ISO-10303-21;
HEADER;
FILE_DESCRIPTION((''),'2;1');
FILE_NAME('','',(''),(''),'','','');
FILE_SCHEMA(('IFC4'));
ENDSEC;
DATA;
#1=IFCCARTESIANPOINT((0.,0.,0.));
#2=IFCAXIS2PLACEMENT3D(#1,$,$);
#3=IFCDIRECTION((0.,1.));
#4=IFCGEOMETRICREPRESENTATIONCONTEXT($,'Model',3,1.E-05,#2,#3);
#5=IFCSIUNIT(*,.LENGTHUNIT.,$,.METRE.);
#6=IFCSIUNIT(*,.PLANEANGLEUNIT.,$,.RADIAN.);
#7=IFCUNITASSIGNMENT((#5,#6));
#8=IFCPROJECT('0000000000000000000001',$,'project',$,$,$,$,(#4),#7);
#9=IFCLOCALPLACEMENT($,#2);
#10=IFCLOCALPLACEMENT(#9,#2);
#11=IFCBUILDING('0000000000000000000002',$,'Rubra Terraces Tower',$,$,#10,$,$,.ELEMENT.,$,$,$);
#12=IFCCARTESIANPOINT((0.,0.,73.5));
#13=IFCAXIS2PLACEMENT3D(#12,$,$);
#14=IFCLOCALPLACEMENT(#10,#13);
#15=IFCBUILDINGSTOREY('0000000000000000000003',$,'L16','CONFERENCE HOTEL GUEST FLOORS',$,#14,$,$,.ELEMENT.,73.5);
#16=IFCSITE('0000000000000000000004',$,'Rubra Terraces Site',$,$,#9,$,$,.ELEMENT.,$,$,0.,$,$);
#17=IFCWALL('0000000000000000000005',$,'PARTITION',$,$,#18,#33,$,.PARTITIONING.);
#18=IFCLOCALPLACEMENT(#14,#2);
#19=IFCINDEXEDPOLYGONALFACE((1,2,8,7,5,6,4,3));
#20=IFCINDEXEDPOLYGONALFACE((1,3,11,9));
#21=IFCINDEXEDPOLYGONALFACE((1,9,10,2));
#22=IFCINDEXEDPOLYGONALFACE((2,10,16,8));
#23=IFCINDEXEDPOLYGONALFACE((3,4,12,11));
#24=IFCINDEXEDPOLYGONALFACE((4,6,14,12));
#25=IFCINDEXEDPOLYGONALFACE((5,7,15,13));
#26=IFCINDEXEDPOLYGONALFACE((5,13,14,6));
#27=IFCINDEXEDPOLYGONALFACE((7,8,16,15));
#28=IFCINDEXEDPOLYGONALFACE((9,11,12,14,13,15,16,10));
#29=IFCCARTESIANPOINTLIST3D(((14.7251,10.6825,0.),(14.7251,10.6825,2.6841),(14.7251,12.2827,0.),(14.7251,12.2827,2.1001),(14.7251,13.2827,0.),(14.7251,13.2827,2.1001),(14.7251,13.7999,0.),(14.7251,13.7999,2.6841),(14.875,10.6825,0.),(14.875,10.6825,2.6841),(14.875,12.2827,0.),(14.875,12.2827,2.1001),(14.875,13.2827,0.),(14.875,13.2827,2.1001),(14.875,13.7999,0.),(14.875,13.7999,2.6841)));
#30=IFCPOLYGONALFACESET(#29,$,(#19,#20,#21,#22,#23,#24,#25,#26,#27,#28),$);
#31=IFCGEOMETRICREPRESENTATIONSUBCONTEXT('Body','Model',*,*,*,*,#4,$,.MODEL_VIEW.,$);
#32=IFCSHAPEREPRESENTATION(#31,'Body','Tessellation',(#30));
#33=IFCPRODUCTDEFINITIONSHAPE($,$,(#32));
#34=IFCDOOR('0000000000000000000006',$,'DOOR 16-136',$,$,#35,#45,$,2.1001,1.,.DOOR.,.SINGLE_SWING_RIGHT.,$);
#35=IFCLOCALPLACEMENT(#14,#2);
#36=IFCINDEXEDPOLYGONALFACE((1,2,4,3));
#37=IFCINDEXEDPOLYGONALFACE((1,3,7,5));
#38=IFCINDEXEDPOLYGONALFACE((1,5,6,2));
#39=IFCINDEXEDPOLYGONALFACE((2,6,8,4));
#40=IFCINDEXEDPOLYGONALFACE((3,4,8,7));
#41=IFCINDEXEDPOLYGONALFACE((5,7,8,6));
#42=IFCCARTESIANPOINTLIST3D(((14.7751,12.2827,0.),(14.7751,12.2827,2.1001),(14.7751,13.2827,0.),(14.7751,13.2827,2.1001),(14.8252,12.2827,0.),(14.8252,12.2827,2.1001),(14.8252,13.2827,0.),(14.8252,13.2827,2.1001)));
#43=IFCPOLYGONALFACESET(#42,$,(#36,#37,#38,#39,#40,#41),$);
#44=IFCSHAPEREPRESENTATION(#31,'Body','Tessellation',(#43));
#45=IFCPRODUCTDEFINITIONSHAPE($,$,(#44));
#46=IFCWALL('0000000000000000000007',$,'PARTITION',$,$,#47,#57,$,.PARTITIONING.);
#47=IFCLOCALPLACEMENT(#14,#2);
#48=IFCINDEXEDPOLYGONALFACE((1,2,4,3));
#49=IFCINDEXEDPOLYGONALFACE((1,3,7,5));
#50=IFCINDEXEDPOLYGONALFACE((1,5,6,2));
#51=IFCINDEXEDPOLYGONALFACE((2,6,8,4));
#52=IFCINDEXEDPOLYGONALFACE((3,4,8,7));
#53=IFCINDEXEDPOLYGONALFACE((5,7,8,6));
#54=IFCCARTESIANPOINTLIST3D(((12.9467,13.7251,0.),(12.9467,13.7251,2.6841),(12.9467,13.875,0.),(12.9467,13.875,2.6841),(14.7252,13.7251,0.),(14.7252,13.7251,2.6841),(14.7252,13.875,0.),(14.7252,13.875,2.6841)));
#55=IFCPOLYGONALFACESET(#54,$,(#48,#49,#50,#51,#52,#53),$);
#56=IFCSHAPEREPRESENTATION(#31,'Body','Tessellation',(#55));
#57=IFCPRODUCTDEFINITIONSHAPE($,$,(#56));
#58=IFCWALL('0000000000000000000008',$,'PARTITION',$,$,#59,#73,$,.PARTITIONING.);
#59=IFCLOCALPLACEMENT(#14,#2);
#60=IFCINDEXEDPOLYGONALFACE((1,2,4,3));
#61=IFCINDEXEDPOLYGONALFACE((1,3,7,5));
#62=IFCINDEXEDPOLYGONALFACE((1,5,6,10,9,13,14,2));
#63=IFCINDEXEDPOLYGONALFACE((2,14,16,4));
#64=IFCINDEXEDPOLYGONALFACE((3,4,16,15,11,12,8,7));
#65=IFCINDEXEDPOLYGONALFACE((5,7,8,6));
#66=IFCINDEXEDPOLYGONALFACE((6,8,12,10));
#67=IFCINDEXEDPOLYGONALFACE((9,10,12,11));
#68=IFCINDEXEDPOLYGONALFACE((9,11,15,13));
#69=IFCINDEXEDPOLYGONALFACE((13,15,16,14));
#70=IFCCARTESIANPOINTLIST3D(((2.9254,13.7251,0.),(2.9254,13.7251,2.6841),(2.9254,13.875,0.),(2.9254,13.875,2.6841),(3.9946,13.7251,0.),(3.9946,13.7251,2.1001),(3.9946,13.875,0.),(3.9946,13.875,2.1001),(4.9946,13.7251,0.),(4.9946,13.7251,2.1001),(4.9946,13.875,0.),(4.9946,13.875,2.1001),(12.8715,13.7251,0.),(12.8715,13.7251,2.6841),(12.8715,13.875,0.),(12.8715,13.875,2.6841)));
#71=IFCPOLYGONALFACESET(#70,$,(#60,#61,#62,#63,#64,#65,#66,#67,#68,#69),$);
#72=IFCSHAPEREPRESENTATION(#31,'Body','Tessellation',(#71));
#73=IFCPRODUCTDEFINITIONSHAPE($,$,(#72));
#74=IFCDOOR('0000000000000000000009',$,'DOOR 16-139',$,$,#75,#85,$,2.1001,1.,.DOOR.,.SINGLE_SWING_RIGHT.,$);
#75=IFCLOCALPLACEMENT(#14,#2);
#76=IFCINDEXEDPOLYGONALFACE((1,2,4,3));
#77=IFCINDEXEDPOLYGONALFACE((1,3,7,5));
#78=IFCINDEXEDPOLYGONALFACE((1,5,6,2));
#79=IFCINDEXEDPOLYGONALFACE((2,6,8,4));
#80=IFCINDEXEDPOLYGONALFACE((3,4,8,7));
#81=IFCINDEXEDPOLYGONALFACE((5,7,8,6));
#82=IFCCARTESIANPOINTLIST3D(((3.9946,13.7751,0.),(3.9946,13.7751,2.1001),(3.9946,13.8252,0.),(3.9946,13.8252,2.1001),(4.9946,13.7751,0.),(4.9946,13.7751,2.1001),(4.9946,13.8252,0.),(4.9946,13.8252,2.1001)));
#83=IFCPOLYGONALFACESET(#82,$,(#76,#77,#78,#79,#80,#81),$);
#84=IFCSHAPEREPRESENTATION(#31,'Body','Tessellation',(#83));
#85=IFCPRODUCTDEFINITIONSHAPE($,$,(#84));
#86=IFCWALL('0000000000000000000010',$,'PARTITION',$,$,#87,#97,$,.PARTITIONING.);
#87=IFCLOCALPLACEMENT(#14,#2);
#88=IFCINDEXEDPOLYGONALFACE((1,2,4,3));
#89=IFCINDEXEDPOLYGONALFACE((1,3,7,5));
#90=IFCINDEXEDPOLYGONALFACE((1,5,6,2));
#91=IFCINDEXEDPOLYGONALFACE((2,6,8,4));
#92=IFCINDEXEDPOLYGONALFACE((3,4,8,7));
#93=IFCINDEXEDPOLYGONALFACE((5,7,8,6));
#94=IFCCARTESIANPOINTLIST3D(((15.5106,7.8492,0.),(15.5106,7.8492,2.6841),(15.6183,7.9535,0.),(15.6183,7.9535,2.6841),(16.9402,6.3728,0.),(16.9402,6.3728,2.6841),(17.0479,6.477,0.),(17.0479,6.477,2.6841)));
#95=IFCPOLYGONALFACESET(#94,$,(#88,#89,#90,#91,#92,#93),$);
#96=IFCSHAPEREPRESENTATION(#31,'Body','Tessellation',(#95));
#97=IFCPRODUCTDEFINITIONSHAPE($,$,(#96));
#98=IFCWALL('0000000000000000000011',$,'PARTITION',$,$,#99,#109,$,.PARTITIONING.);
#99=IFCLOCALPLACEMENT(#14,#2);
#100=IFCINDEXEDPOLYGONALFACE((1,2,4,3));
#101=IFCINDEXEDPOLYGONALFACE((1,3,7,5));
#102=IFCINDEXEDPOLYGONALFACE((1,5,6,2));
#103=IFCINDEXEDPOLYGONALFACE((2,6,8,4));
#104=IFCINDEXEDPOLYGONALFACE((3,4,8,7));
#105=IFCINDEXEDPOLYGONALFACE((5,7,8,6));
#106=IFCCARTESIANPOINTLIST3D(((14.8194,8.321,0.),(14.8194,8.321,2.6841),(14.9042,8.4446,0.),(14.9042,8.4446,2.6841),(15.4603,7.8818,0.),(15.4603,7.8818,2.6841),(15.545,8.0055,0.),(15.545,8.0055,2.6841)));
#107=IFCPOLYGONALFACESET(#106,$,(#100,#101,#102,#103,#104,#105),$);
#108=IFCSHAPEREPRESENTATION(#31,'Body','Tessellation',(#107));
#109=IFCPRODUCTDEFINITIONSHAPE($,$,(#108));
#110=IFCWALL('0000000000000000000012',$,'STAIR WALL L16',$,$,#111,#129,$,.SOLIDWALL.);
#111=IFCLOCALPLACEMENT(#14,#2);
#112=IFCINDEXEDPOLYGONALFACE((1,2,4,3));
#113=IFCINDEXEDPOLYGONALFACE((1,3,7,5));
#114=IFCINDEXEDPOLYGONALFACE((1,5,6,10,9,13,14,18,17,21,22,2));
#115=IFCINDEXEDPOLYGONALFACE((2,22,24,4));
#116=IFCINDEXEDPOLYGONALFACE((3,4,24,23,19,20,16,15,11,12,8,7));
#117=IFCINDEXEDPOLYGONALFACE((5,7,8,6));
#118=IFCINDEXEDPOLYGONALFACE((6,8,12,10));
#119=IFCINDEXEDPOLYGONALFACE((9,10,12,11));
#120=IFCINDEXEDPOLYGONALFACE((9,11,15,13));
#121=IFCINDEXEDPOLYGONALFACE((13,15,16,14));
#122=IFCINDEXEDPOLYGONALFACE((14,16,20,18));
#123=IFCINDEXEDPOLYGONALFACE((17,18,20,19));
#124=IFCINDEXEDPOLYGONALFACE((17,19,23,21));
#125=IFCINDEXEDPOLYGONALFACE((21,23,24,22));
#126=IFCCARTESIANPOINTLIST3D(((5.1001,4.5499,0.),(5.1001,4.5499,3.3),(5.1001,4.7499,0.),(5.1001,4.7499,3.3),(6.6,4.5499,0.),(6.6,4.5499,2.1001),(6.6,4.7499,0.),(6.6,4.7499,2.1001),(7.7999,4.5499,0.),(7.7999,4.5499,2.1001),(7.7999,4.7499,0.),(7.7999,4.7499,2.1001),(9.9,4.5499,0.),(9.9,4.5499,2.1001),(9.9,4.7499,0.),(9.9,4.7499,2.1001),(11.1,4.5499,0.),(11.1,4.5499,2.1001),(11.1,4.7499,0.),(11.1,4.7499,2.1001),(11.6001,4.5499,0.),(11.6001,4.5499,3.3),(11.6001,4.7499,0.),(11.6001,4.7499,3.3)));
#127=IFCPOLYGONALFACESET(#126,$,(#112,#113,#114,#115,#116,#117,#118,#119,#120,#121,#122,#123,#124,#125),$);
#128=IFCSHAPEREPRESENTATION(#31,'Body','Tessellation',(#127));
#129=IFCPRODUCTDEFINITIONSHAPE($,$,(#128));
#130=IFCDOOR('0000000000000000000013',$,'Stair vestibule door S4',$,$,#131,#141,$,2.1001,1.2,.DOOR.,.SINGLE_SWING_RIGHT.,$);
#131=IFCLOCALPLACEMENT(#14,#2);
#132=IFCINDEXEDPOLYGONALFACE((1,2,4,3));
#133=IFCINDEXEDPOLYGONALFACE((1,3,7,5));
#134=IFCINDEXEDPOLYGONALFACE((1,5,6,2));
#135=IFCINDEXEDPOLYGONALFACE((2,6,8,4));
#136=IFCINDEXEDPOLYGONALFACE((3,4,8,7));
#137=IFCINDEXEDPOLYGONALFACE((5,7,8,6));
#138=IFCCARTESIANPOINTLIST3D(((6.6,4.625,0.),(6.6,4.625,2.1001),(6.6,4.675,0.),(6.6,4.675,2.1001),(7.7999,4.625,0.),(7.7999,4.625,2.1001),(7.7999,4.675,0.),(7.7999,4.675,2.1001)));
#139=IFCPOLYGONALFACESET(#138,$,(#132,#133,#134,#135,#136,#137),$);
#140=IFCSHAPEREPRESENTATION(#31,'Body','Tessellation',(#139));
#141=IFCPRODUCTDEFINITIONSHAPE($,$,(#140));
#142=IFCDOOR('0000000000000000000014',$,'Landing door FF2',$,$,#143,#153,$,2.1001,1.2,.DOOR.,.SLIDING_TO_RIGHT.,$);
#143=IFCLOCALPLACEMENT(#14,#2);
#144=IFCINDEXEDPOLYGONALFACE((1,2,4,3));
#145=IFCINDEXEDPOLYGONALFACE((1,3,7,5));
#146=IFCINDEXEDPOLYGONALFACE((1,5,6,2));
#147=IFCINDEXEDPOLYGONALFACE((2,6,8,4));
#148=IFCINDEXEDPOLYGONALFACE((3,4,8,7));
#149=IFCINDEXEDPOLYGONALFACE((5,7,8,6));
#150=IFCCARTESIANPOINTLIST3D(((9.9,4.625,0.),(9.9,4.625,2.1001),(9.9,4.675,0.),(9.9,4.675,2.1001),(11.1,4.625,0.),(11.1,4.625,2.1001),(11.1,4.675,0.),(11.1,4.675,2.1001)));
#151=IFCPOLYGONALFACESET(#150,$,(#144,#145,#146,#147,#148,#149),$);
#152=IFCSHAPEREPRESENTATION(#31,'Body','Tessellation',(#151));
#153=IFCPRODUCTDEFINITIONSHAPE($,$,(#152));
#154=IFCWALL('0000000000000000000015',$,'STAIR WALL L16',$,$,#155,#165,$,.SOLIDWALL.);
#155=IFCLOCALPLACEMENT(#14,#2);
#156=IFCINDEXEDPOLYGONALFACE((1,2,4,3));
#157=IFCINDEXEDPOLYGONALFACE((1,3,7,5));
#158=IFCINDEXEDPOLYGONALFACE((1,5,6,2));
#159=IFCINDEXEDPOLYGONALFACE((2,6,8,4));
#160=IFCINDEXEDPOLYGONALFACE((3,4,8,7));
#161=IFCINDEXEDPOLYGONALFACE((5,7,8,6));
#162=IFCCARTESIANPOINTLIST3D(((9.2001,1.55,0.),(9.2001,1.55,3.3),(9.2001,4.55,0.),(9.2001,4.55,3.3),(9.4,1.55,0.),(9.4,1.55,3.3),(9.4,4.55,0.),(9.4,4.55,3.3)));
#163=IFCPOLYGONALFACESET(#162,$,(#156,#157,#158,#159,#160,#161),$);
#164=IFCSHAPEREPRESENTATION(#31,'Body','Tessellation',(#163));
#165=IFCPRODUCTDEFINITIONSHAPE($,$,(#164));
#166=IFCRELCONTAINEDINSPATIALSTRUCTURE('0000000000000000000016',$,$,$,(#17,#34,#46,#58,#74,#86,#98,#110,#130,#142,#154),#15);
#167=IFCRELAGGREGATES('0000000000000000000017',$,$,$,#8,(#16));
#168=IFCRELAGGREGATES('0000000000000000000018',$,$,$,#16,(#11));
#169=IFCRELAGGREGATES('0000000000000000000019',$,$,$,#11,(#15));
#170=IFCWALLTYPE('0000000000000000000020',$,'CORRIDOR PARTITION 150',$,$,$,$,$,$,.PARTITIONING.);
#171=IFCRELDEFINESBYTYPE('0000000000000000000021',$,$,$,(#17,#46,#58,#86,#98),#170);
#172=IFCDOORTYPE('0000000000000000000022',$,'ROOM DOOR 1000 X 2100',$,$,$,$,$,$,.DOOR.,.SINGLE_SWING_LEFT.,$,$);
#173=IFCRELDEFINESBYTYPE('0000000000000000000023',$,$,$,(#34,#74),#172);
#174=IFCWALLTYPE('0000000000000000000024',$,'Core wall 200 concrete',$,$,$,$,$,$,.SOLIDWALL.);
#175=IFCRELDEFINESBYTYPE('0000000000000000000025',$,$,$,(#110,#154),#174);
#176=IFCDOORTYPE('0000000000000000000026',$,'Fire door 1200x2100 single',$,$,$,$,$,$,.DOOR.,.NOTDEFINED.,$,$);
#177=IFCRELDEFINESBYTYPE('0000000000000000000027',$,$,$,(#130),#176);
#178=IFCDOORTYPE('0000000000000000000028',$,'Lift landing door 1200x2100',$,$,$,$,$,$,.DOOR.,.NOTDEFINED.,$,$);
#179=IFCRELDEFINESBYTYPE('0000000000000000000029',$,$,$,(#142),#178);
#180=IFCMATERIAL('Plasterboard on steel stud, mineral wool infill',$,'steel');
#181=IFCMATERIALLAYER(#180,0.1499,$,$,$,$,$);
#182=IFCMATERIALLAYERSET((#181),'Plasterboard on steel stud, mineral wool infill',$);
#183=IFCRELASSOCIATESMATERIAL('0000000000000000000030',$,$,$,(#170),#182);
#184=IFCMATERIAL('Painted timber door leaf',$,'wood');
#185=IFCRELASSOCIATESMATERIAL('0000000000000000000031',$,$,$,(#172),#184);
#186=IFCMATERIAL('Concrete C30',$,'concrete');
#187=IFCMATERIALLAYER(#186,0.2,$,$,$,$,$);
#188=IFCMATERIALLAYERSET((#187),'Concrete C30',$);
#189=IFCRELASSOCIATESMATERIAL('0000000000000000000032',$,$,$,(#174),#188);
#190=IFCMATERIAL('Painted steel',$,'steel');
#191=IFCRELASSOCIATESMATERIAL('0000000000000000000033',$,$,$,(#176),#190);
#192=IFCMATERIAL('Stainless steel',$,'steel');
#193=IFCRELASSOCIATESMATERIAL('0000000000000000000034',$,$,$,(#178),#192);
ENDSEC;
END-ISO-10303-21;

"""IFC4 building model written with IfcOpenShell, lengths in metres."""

from ifc_helpers import new_model, si_unit, direction, frame, frame_2d, origin, place, context, subcontext, project, spatial, rectangle, extrude, material, layer, layer_set, type_object, element, fill, save


model = new_model("IFC4")

# Units and contexts
model_context = context("Model", 3, precision=1e-05, world=origin(), true_north=direction((0.0, 1.0)))
body_context = subcontext(model_context, "Body", "Model", "MODEL_VIEW")
ifc_project = project(units=[si_unit("LENGTHUNIT", "METRE"), si_unit("PLANEANGLEUNIT", "RADIAN")], contexts=[model_context])

# Site, building, storey
site_placement = place(None, origin())
site = spatial("IfcSite", under=ifc_project, at=site_placement, Name="Rubra Terraces Site", CompositionType="ELEMENT", RefElevation=0.0)
building_placement = place(site_placement, origin())
building = spatial("IfcBuilding", under=site, at=building_placement, Name="Rubra Terraces Tower", CompositionType="ELEMENT")
storey_placement = place(building_placement, frame((0.0, 0.0, 73.5)))
storey = spatial("IfcBuildingStorey", under=building, at=storey_placement, Name="L16", Description="CONFERENCE HOTEL GUEST FLOORS", CompositionType="ELEMENT", Elevation=73.5)

# Wall, opening, door
ifc_material_1 = material(Name="Plasterboard on steel stud, mineral wool infill", Category="steel")
ifc_layer_1 = layer(ifc_material_1, 0.1499)
ifc_layer_set_1 = layer_set([ifc_layer_1], Name="Plasterboard on steel stud, mineral wool infill")
wall_type_1 = type_object("IfcWallType", Name="CORRIDOR PARTITION 150", PredefinedType="PARTITIONING", material=ifc_layer_set_1)
wall_1_placement = place(storey_placement, frame((14.8, 10.6826, 0.0), z_axis=(0.0, 0.0, 1.0), x_axis=(0.0, 1.0, 0.0)))
wall_1 = element("IfcWall", 1, at=wall_1_placement, inside=storey, type_object=wall_type_1, Name="PARTITION", PredefinedType="PARTITIONING", context=body_context, shape_type="SweptSolid", body=[
    extrude(rectangle(XDim=3.1174, YDim=0.1499, at=frame_2d((1.5586, 0.0))), origin(), (0.0, 0.0, 1.0), 2.6841),
])
opening_1_placement = place(wall_1_placement, frame((1.6001, 0.0, 0.0)))
opening_1 = element("IfcOpeningElement", 2, at=opening_1_placement, cuts=wall_1, PredefinedType="OPENING", context=body_context, shape_type="SweptSolid", body=[
    extrude(rectangle(XDim=1.0, YDim=2.1001, at=frame_2d((0.5, 1.05))), frame((0.0, 0.085, 0.0), z_axis=(0.0, -1.0, 0.0), x_axis=(1.0, 0.0, 0.0)), (0.0, 0.0, 1.0), 0.1699),
])
ifc_material_2 = material(Name="Painted timber door leaf", Category="wood")
door_type_1 = type_object("IfcDoorType", Name="ROOM DOOR 1000 X 2100", OperationType="SINGLE_SWING_LEFT", PredefinedType="DOOR", material=ifc_material_2)
door_1_placement = place(opening_1_placement, origin())
door_1 = element("IfcDoor", 3, at=door_1_placement, inside=storey, type_object=door_type_1, Name="DOOR 16-136", OperationType="SINGLE_SWING_RIGHT", OverallHeight=2.1001, OverallWidth=1.0, PredefinedType="DOOR", context=body_context, shape_type="SweptSolid", body=[
    extrude(rectangle(XDim=1.0, YDim=2.1001, at=frame_2d((0.5, 1.05))), frame((0.0, 0.0249, 0.0), z_axis=(0.0, -1.0, 0.0), x_axis=(1.0, 0.0, 0.0)), (0.0, 0.0, 1.0), 0.05),
])
fill(opening_1, door_1)

# Wall
wall_2_placement = place(storey_placement, frame((14.7251, 13.8, 0.0), z_axis=(0.0, 0.0, 1.0), x_axis=(-1.0, 0.0, 0.0)))
element("IfcWall", 4, at=wall_2_placement, inside=storey, type_object=wall_type_1, Name="PARTITION", PredefinedType="PARTITIONING", context=body_context, shape_type="SweptSolid", body=[
    extrude(rectangle(XDim=1.7786, YDim=0.1499, at=frame_2d((0.8892, 0.0))), origin(), (0.0, 0.0, 1.0), 2.6841),
])

# Wall, opening, door
wall_3_placement = place(storey_placement, frame((12.8716, 13.8, 0.0), z_axis=(0.0, 0.0, 1.0), x_axis=(-1.0, 0.0, 0.0)))
wall_3 = element("IfcWall", 5, at=wall_3_placement, inside=storey, type_object=wall_type_1, Name="PARTITION", PredefinedType="PARTITIONING", context=body_context, shape_type="SweptSolid", body=[
    extrude(rectangle(XDim=9.946, YDim=0.1499, at=frame_2d((4.9731, 0.0))), origin(), (0.0, 0.0, 1.0), 2.6841),
])
opening_2_placement = place(wall_3_placement, frame((7.877, 0.0, 0.0)))
opening_2 = element("IfcOpeningElement", 6, at=opening_2_placement, cuts=wall_3, PredefinedType="OPENING", context=body_context, shape_type="SweptSolid", body=[
    extrude(rectangle(XDim=1.0, YDim=2.1001, at=frame_2d((0.5, 1.05))), frame((0.0, 0.085, 0.0), z_axis=(0.0, -1.0, 0.0), x_axis=(1.0, 0.0, 0.0)), (0.0, 0.0, 1.0), 0.1699),
])
door_2_placement = place(opening_2_placement, origin())
door_2 = element("IfcDoor", 7, at=door_2_placement, inside=storey, type_object=door_type_1, Name="DOOR 16-139", OperationType="SINGLE_SWING_RIGHT", OverallHeight=2.1001, OverallWidth=1.0, PredefinedType="DOOR", context=body_context, shape_type="SweptSolid", body=[
    extrude(rectangle(XDim=1.0, YDim=2.1001, at=frame_2d((0.5, 1.05))), frame((0.0, 0.0249, 0.0), z_axis=(0.0, -1.0, 0.0), x_axis=(1.0, 0.0, 0.0)), (0.0, 0.0, 1.0), 0.05),
])
fill(opening_2, door_2)

# Walls
wall_4_placement = place(storey_placement, frame((15.5645, 7.9014, 0.0), z_axis=(0.0, 0.0, 1.0), x_axis=(0.695611, -0.718418, 0.0)))
element("IfcWall", 8, at=wall_4_placement, inside=storey, type_object=wall_type_1, Name="PARTITION", PredefinedType="PARTITIONING", context=body_context, shape_type="SweptSolid", body=[
    extrude(rectangle(XDim=2.0552, YDim=0.1499, at=frame_2d((1.0276, 0.0))), origin(), (0.0, 0.0, 1.0), 2.6841),
])
wall_5_placement = place(storey_placement, frame((14.8618, 8.3828, 0.0), z_axis=(0.0, 0.0, 1.0), x_axis=(0.824875, -0.565315, 0.0)))
element("IfcWall", 9, at=wall_5_placement, inside=storey, type_object=wall_type_1, Name="PARTITION", PredefinedType="PARTITIONING", context=body_context, shape_type="SweptSolid", body=[
    extrude(rectangle(XDim=0.7769, YDim=0.1499, at=frame_2d((0.3884, 0.0))), origin(), (0.0, 0.0, 1.0), 2.6841),
])

# Wall, openings, doors
ifc_material_3 = material(Name="Concrete C30", Category="concrete")
ifc_layer_2 = layer(ifc_material_3, 0.2)
ifc_layer_set_2 = layer_set([ifc_layer_2], Name="Concrete C30")
wall_type_2 = type_object("IfcWallType", Name="Core wall 200 concrete", PredefinedType="SOLIDWALL", material=ifc_layer_set_2)
wall_6_placement = place(storey_placement, frame((11.6001, 4.6499, 0.0), z_axis=(0.0, 0.0, 1.0), x_axis=(-1.0, 0.0, 0.0)))
wall_6 = element("IfcWall", 10, at=wall_6_placement, inside=storey, type_object=wall_type_2, Name="STAIR WALL L16", PredefinedType="SOLIDWALL", context=body_context, shape_type="SweptSolid", body=[
    extrude(rectangle(XDim=6.5, YDim=0.2, at=frame_2d((3.25, 0.0))), origin(), (0.0, 0.0, 1.0), 3.3),
])
opening_3_placement = place(wall_6_placement, frame((3.8, 0.0, 0.0)))
opening_3 = element("IfcOpeningElement", 11, at=opening_3_placement, cuts=wall_6, PredefinedType="OPENING", context=body_context, shape_type="SweptSolid", body=[
    extrude(rectangle(XDim=1.2, YDim=2.1001, at=frame_2d((0.6001, 1.05))), frame((0.0, 0.1099, 0.0), z_axis=(0.0, -1.0, 0.0), x_axis=(1.0, 0.0, 0.0)), (0.0, 0.0, 1.0), 0.22),
])
opening_4_placement = place(wall_6_placement, frame((0.5, 0.0, 0.0)))
opening_4 = element("IfcOpeningElement", 12, at=opening_4_placement, cuts=wall_6, PredefinedType="OPENING", context=body_context, shape_type="SweptSolid", body=[
    extrude(rectangle(XDim=1.2, YDim=2.1001, at=frame_2d((0.6001, 1.05))), frame((0.0, 0.1099, 0.0), z_axis=(0.0, -1.0, 0.0), x_axis=(1.0, 0.0, 0.0)), (0.0, 0.0, 1.0), 0.22),
])
ifc_material_4 = material(Name="Painted steel", Category="steel")
door_type_2 = type_object("IfcDoorType", Name="Fire door 1200x2100 single", OperationType="NOTDEFINED", PredefinedType="DOOR", material=ifc_material_4)
door_3_placement = place(opening_3_placement, origin())
door_3 = element("IfcDoor", 13, at=door_3_placement, inside=storey, type_object=door_type_2, Name="Stair vestibule door S4", OperationType="SINGLE_SWING_RIGHT", OverallHeight=2.1001, OverallWidth=1.2, PredefinedType="DOOR", context=body_context, shape_type="SweptSolid", body=[
    extrude(rectangle(XDim=1.2, YDim=2.1001, at=frame_2d((0.6001, 1.05))), frame((0.0, 0.0249, 0.0), z_axis=(0.0, -1.0, 0.0), x_axis=(1.0, 0.0, 0.0)), (0.0, 0.0, 1.0), 0.05),
])
fill(opening_3, door_3)
ifc_material_5 = material(Name="Stainless steel", Category="steel")
door_type_3 = type_object("IfcDoorType", Name="Lift landing door 1200x2100", OperationType="NOTDEFINED", PredefinedType="DOOR", material=ifc_material_5)
door_4_placement = place(opening_4_placement, origin())
door_4 = element("IfcDoor", 14, at=door_4_placement, inside=storey, type_object=door_type_3, Name="Landing door FF2", OperationType="SLIDING_TO_RIGHT", OverallHeight=2.1001, OverallWidth=1.2, PredefinedType="DOOR", context=body_context, shape_type="SweptSolid", body=[
    extrude(rectangle(XDim=1.2, YDim=2.1001, at=frame_2d((0.6001, 1.05))), frame((0.0, 0.0249, 0.0), z_axis=(0.0, -1.0, 0.0), x_axis=(1.0, 0.0, 0.0)), (0.0, 0.0, 1.0), 0.05),
])
fill(opening_4, door_4)

# Wall
wall_7_placement = place(storey_placement, frame((9.3, 4.55, 0.0), z_axis=(0.0, 0.0, 1.0), x_axis=(0.0, -1.0, 0.0)))
element("IfcWall", 15, at=wall_7_placement, inside=storey, type_object=wall_type_2, Name="STAIR WALL L16", PredefinedType="SOLIDWALL", context=body_context, shape_type="SweptSolid", body=[
    extrude(rectangle(XDim=3.0, YDim=0.2, at=frame_2d((1.5, 0.0))), origin(), (0.0, 0.0, 1.0), 3.3),
])

save(model, "model.ifc")
